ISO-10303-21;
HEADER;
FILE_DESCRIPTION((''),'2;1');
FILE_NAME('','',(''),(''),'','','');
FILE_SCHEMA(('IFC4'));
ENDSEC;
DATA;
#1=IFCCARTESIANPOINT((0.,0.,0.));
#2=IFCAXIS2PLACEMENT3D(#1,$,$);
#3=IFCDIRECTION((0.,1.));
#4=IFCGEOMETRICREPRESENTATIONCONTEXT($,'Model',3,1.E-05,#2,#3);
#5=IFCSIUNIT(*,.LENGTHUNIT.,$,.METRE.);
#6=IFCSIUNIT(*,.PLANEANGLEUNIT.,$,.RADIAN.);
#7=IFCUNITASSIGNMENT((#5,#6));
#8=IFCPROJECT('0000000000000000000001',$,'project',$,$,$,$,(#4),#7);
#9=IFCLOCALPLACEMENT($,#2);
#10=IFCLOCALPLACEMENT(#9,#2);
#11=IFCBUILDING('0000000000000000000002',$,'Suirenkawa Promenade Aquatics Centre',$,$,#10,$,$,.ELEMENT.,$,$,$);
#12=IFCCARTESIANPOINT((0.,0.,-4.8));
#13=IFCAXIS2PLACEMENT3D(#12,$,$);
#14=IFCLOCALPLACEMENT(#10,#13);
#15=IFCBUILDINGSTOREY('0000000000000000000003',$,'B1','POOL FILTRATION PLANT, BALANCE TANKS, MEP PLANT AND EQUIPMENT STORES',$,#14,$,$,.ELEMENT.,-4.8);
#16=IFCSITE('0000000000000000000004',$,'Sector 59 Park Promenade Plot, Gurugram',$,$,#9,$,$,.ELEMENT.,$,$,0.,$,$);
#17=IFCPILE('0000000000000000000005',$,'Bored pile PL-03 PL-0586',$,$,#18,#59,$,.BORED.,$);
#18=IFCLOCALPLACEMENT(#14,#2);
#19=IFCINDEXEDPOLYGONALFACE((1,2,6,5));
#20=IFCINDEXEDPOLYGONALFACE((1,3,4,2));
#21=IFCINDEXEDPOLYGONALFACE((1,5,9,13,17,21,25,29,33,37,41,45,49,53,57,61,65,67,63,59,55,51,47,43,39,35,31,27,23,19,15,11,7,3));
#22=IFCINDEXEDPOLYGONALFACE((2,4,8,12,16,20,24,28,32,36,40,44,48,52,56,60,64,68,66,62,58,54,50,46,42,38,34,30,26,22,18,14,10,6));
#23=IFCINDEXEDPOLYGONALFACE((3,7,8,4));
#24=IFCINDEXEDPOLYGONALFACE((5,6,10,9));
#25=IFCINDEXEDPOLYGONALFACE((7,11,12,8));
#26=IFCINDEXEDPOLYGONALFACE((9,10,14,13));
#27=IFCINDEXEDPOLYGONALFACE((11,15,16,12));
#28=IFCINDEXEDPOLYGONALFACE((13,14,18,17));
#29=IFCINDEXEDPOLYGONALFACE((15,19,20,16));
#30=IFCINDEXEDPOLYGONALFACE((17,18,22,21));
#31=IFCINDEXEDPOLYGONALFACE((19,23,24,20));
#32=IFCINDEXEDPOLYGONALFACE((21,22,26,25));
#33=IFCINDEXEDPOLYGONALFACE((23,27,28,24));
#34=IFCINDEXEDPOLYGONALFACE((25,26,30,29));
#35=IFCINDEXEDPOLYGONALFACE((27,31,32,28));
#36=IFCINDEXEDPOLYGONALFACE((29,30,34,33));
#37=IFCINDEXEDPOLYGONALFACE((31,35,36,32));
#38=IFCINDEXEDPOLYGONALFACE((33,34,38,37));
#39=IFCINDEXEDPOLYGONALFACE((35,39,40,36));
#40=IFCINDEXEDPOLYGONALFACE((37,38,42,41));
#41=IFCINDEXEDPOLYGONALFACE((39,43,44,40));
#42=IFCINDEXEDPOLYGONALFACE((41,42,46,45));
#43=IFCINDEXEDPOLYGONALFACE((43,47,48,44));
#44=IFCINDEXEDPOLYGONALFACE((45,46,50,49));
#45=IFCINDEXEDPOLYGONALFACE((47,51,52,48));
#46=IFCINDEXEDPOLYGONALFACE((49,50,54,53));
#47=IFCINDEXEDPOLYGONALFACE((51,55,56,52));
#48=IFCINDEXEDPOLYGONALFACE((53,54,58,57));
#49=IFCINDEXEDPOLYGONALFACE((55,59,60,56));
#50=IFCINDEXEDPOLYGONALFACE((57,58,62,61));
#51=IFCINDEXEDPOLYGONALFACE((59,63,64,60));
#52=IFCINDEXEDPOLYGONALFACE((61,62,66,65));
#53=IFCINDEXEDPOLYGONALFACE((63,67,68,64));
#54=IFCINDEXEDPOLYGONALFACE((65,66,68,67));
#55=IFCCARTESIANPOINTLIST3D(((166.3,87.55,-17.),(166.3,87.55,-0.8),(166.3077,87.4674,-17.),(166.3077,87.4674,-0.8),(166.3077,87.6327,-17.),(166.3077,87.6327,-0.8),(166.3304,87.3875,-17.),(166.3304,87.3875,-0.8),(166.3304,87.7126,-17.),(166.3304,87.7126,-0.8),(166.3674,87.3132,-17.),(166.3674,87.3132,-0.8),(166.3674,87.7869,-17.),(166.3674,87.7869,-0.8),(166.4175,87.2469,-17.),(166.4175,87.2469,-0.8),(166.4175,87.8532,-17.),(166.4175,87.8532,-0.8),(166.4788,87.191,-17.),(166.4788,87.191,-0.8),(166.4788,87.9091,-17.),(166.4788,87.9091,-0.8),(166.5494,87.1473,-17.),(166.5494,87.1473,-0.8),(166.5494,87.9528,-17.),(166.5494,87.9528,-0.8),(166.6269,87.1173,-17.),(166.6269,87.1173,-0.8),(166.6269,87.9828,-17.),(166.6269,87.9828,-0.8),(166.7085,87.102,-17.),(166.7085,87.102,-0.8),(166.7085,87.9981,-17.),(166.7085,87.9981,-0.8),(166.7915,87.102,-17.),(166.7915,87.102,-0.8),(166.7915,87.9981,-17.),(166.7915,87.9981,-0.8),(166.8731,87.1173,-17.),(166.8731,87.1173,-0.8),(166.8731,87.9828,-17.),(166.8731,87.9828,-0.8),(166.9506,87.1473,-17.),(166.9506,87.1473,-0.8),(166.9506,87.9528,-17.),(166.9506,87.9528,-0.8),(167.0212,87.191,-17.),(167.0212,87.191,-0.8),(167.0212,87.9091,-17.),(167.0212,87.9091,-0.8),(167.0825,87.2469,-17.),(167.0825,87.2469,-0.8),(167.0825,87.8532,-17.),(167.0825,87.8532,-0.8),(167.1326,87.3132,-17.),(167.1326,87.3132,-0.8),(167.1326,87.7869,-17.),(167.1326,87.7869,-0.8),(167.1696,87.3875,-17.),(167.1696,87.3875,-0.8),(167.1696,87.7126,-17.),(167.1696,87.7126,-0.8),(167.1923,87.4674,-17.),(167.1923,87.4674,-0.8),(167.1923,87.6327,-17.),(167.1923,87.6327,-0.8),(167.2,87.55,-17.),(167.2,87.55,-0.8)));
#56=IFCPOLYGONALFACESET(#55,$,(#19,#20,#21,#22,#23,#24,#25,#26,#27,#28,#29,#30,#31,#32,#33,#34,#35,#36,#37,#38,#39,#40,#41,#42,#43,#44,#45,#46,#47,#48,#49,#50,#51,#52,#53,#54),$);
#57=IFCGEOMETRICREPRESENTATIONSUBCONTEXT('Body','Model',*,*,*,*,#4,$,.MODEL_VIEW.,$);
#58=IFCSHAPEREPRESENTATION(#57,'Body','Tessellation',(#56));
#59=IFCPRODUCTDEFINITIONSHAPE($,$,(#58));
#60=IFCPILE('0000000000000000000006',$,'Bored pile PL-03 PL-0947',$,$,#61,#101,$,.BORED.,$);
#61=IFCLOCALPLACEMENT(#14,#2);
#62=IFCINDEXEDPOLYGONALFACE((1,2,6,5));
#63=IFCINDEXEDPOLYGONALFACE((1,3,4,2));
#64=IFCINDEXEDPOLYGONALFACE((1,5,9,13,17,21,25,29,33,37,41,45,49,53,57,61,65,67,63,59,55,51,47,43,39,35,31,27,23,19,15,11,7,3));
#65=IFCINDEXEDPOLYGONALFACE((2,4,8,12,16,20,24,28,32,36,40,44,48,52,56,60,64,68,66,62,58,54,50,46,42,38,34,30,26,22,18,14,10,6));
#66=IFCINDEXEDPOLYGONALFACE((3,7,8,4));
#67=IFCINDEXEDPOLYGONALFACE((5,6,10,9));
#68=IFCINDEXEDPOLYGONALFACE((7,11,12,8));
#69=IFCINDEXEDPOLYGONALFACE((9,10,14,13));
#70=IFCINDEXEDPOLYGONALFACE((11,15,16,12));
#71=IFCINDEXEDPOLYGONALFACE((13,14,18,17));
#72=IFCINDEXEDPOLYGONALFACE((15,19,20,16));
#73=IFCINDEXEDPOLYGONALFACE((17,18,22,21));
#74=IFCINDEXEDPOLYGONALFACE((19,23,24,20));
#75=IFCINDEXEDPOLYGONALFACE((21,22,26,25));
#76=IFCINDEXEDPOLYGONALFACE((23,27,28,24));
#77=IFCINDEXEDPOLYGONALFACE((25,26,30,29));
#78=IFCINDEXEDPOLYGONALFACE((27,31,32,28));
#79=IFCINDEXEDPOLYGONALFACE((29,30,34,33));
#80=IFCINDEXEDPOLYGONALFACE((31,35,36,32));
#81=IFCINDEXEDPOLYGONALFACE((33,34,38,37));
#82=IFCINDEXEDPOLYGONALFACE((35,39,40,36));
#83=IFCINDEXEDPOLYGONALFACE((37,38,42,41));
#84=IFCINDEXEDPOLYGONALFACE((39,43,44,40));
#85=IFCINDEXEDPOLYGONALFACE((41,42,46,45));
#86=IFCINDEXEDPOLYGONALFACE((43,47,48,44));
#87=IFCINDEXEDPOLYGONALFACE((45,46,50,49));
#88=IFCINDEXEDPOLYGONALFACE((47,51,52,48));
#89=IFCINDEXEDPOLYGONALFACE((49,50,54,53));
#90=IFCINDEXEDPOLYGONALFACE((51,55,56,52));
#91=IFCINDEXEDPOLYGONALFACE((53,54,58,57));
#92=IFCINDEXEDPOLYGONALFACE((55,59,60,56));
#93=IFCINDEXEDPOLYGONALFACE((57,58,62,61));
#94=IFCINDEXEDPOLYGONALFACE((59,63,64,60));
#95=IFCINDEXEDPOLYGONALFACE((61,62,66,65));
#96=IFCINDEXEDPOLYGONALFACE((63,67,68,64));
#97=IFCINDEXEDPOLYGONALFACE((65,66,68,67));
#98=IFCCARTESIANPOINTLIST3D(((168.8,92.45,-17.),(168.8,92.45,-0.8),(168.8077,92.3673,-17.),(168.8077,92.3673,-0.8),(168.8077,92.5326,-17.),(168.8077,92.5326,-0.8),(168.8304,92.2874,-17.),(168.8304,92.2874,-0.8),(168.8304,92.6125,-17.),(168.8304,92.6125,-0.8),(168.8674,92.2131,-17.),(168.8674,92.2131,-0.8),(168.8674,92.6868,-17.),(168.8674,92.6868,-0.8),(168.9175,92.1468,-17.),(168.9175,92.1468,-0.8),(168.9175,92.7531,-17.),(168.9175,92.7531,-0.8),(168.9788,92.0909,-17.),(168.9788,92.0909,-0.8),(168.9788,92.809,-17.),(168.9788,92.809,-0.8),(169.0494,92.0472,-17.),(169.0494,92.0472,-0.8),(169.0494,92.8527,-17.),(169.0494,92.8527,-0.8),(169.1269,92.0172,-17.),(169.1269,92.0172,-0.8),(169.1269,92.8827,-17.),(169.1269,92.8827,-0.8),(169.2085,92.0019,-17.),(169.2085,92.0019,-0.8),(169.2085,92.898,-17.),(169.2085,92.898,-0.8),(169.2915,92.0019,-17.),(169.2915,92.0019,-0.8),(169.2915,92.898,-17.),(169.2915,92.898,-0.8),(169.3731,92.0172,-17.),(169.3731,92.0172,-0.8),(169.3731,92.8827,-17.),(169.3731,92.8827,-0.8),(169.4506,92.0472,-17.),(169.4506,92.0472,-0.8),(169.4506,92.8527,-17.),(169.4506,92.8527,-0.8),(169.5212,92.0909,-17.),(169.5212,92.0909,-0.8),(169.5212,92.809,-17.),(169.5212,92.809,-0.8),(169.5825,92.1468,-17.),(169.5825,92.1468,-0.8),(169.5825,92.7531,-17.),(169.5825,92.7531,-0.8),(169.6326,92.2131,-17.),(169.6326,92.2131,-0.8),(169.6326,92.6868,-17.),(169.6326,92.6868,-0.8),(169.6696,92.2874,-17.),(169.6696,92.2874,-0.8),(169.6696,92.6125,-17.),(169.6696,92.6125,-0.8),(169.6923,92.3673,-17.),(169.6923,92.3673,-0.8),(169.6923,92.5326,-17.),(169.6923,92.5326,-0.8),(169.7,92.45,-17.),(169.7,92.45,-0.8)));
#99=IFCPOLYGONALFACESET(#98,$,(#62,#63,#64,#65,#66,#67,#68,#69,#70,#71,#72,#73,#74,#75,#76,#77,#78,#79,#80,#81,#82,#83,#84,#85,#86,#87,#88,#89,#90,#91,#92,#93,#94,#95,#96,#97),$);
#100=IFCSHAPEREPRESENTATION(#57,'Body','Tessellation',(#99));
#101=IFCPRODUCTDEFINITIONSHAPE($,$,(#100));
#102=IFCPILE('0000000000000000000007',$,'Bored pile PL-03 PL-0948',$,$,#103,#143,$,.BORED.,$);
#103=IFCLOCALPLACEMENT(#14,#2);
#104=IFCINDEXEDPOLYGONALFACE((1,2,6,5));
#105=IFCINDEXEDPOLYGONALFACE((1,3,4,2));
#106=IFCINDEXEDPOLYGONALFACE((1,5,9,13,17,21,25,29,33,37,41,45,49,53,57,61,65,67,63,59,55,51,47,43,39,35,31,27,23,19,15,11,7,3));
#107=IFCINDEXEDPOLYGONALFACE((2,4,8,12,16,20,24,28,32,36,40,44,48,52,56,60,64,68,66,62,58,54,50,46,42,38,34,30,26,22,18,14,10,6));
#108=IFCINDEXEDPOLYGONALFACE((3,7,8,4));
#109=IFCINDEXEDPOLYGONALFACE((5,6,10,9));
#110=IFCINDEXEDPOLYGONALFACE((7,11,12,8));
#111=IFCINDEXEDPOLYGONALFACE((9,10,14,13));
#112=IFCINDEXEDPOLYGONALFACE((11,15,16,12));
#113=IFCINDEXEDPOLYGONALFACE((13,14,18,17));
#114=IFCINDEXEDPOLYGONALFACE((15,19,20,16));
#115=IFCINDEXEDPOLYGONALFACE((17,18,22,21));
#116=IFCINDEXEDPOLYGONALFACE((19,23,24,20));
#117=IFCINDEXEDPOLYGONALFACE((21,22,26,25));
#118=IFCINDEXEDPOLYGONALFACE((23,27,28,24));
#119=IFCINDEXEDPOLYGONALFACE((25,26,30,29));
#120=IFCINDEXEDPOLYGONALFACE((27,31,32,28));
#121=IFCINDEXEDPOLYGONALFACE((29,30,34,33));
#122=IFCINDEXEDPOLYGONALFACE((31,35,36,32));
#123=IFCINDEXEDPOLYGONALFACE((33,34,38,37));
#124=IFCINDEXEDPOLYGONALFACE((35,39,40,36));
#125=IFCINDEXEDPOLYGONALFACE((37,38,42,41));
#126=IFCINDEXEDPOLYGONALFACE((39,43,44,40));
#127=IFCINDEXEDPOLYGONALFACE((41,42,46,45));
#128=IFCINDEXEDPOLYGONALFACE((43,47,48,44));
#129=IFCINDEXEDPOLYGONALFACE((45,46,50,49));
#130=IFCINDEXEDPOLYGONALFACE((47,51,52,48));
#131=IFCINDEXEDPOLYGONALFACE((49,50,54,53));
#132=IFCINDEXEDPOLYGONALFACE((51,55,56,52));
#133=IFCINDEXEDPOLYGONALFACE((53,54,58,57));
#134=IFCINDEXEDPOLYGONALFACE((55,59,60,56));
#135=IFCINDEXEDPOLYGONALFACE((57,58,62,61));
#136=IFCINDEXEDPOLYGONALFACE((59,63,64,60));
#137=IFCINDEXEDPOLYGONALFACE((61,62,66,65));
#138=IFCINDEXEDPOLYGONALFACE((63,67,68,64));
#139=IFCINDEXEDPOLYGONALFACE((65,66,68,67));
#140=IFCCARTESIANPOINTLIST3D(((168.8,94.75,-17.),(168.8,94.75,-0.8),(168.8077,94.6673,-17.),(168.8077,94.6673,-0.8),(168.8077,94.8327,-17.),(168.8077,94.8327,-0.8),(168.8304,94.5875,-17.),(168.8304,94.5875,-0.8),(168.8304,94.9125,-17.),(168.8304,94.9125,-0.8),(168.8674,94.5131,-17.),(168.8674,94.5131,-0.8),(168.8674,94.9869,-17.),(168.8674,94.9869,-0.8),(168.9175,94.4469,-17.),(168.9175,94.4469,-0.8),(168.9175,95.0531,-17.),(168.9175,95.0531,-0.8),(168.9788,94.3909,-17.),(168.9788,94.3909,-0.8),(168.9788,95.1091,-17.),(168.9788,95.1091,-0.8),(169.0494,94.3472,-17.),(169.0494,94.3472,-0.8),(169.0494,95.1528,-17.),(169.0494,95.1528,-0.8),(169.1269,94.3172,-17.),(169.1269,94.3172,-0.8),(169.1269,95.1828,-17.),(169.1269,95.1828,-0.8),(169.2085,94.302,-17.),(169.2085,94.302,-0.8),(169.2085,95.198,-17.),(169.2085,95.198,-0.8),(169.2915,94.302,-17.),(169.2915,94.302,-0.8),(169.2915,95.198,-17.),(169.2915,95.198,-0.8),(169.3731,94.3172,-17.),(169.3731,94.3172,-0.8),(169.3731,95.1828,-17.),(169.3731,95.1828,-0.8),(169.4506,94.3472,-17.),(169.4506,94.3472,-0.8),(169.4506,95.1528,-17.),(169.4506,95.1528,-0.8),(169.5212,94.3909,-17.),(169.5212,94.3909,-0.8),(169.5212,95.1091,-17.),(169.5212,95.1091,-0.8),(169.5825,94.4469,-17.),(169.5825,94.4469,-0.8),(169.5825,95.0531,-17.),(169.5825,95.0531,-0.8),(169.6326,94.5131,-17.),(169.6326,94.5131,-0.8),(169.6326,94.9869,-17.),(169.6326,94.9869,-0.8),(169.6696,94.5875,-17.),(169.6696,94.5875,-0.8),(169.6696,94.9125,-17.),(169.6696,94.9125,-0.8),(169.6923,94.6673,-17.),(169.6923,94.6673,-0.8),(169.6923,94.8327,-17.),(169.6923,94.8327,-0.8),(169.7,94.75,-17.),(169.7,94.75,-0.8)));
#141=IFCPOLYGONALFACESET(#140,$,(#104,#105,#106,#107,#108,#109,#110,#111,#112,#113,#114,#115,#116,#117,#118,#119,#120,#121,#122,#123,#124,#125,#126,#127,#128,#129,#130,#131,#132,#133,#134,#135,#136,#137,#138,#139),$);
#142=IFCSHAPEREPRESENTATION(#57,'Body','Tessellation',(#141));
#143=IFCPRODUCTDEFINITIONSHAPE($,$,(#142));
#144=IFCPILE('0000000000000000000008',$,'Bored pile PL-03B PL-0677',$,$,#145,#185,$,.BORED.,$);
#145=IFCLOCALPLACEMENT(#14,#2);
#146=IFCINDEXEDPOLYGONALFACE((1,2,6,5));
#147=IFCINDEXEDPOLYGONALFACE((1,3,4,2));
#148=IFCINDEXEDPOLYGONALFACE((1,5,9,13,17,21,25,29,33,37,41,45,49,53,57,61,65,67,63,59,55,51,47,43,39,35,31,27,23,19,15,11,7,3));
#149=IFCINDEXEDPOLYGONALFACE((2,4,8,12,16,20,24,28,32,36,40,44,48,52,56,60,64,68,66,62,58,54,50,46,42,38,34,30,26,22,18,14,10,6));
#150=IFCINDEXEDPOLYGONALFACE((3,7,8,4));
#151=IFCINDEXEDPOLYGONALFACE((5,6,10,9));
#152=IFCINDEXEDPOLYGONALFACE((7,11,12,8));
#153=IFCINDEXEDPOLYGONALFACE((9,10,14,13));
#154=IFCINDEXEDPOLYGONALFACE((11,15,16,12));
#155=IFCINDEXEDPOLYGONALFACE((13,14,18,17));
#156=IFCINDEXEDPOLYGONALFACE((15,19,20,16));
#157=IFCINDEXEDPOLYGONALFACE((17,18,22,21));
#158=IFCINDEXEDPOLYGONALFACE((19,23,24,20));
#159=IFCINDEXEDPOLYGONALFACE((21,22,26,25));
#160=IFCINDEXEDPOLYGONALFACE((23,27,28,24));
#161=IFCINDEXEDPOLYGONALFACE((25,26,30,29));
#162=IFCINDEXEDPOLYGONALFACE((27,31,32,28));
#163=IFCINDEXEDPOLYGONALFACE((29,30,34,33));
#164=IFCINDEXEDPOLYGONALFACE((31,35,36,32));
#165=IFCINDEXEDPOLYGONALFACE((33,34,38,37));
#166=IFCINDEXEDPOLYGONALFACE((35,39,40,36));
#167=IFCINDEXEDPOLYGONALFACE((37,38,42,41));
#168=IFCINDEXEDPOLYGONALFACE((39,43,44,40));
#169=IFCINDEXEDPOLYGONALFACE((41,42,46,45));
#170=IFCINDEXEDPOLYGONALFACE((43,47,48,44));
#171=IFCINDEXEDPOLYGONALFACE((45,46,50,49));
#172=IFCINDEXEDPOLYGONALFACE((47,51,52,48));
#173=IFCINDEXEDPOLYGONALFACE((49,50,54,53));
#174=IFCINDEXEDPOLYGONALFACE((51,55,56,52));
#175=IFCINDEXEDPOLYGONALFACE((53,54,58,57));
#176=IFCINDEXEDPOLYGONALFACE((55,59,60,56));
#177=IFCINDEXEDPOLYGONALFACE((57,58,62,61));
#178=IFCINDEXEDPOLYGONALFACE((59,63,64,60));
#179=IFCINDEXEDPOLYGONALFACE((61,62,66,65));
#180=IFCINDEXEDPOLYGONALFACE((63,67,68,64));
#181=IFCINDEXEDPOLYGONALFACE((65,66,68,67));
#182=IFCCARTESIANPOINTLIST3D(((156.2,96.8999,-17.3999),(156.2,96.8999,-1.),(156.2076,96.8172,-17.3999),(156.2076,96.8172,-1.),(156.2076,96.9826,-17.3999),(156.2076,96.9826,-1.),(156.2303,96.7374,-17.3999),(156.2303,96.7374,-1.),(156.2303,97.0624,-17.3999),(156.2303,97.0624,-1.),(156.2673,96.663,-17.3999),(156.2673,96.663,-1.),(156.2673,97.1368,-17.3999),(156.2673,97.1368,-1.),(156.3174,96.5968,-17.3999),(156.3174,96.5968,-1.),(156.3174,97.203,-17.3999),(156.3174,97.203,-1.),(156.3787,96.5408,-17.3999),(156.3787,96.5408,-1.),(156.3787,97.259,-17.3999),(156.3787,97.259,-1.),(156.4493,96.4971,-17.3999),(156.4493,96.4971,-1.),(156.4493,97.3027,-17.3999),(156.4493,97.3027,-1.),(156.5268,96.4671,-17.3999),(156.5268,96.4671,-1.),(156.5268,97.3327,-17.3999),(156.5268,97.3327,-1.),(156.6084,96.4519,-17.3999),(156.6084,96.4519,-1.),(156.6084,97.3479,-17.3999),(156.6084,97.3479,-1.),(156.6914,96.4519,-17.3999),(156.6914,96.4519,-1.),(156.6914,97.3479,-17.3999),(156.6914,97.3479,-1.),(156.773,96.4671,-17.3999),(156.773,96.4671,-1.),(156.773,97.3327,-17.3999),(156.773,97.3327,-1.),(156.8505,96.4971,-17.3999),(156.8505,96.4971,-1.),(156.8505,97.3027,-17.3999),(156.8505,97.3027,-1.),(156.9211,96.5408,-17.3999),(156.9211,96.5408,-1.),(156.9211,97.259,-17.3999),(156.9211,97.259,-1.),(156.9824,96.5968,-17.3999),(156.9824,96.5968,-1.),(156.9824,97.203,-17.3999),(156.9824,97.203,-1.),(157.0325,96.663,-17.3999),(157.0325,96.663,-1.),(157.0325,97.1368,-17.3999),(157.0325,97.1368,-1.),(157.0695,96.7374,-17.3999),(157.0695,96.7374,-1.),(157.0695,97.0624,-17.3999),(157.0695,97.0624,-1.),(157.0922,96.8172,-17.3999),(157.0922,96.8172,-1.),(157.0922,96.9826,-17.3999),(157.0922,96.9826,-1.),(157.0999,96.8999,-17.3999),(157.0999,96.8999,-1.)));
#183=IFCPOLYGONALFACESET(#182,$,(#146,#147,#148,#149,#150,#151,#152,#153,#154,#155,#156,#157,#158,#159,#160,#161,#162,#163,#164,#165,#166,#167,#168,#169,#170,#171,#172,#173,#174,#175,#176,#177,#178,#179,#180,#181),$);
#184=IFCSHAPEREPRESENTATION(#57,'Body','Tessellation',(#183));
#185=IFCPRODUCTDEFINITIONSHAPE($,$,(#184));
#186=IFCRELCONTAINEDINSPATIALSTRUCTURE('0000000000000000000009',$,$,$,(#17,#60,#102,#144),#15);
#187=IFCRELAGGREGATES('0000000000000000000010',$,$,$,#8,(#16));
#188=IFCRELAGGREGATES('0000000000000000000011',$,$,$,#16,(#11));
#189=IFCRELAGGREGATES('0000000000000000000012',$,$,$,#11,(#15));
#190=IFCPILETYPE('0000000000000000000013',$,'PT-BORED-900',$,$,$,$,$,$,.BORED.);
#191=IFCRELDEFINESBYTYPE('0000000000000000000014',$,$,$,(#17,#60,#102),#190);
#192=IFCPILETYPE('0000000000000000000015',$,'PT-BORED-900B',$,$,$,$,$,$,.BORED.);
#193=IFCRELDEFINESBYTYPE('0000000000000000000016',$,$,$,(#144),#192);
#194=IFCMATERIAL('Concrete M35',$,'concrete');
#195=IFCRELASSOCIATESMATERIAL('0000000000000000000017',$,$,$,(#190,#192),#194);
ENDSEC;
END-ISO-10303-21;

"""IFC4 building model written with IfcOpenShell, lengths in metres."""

from ifc_helpers import new_model, si_unit, direction, frame, origin, origin_2d, place, context, subcontext, project, spatial, circle, extrude, material, material_profile, profile_set, type_object, element, save


model = new_model("IFC4")

# Units and contexts
model_context = context("Model", 3, precision=1e-05, world=origin(), true_north=direction((0.0, 1.0)))
body_context = subcontext(model_context, "Body", "Model", "MODEL_VIEW")
ifc_project = project(units=[si_unit("LENGTHUNIT", "METRE"), si_unit("PLANEANGLEUNIT", "RADIAN")], contexts=[model_context])

# Site, building, storey
site_placement = place(None, origin())
site = spatial("IfcSite", under=ifc_project, at=site_placement, Name="Sector 59 Park Promenade Plot, Gurugram", CompositionType="ELEMENT", RefElevation=0.0)
building_placement = place(site_placement, origin())
building = spatial("IfcBuilding", under=site, at=building_placement, Name="Suirenkawa Promenade Aquatics Centre", CompositionType="ELEMENT")
storey_placement = place(building_placement, frame((0.0, 0.0, -4.8)))
storey = spatial("IfcBuildingStorey", under=building, at=storey_placement, Name="B1", Description="POOL FILTRATION PLANT, BALANCE TANKS, MEP PLANT AND EQUIPMENT STORES", CompositionType="ELEMENT", Elevation=-4.8)

# Shared definitions
ifc_material_1 = material(Name="Concrete M35", Category="concrete")

# Piles
ifc_material_profile_1 = material_profile(ifc_material_1, circle(Radius=0.45, at=origin_2d()), Name="PILE D900", Category="concrete")
ifc_profile_set_1 = profile_set([ifc_material_profile_1], Name="Concrete M35")
pile_type_1 = type_object("IfcPileType", Name="PT-BORED-900", PredefinedType="BORED", material=ifc_profile_set_1)
for number, where, z_axis, x_axis, name in (
    (1, (166.75, 87.55, -0.8), (0.0, 0.0, -1.0), (1.0, 0.0, 0.0), "Bored pile PL-03 PL-0586"),
    (2, (169.25, 92.45, -0.8), (0.0, 0.0, -1.0), (1.0, 0.0, 0.0), "Bored pile PL-03 PL-0947"),
    (3, (169.25, 94.75, -0.8), (0.0, 0.0, -1.0), (1.0, 0.0, 0.0), "Bored pile PL-03 PL-0948"),
):
    element("IfcPile", number, at=place(storey_placement, frame(where, z_axis=z_axis, x_axis=x_axis)), inside=storey, type_object=pile_type_1, Name=name, PredefinedType="BORED", context=body_context, shape_type="SweptSolid", body=[
        extrude(circle(Radius=0.45, at=origin_2d()), origin(), (0.0, 0.0, 1.0), 16.2),
    ])
ifc_material_profile_2 = material_profile(ifc_material_1, circle(Radius=0.45, at=origin_2d()), Name="PILE D900", Category="concrete")
ifc_profile_set_2 = profile_set([ifc_material_profile_2], Name="Concrete M35")
pile_type_2 = type_object("IfcPileType", Name="PT-BORED-900B", PredefinedType="BORED", material=ifc_profile_set_2)
for number, where, z_axis, x_axis, name in (
    (4, (156.6499, 96.8999, -1.0), (0.0, 0.0, -1.0), (1.0, 0.0, 0.0), "Bored pile PL-03B PL-0677"),
):
    element("IfcPile", number, at=place(storey_placement, frame(where, z_axis=z_axis, x_axis=x_axis)), inside=storey, type_object=pile_type_2, Name=name, PredefinedType="BORED", context=body_context, shape_type="SweptSolid", body=[
        extrude(circle(Radius=0.45, at=origin_2d()), origin(), (0.0, 0.0, 1.0), 16.3999),
    ])

save(model, "model.ifc")
